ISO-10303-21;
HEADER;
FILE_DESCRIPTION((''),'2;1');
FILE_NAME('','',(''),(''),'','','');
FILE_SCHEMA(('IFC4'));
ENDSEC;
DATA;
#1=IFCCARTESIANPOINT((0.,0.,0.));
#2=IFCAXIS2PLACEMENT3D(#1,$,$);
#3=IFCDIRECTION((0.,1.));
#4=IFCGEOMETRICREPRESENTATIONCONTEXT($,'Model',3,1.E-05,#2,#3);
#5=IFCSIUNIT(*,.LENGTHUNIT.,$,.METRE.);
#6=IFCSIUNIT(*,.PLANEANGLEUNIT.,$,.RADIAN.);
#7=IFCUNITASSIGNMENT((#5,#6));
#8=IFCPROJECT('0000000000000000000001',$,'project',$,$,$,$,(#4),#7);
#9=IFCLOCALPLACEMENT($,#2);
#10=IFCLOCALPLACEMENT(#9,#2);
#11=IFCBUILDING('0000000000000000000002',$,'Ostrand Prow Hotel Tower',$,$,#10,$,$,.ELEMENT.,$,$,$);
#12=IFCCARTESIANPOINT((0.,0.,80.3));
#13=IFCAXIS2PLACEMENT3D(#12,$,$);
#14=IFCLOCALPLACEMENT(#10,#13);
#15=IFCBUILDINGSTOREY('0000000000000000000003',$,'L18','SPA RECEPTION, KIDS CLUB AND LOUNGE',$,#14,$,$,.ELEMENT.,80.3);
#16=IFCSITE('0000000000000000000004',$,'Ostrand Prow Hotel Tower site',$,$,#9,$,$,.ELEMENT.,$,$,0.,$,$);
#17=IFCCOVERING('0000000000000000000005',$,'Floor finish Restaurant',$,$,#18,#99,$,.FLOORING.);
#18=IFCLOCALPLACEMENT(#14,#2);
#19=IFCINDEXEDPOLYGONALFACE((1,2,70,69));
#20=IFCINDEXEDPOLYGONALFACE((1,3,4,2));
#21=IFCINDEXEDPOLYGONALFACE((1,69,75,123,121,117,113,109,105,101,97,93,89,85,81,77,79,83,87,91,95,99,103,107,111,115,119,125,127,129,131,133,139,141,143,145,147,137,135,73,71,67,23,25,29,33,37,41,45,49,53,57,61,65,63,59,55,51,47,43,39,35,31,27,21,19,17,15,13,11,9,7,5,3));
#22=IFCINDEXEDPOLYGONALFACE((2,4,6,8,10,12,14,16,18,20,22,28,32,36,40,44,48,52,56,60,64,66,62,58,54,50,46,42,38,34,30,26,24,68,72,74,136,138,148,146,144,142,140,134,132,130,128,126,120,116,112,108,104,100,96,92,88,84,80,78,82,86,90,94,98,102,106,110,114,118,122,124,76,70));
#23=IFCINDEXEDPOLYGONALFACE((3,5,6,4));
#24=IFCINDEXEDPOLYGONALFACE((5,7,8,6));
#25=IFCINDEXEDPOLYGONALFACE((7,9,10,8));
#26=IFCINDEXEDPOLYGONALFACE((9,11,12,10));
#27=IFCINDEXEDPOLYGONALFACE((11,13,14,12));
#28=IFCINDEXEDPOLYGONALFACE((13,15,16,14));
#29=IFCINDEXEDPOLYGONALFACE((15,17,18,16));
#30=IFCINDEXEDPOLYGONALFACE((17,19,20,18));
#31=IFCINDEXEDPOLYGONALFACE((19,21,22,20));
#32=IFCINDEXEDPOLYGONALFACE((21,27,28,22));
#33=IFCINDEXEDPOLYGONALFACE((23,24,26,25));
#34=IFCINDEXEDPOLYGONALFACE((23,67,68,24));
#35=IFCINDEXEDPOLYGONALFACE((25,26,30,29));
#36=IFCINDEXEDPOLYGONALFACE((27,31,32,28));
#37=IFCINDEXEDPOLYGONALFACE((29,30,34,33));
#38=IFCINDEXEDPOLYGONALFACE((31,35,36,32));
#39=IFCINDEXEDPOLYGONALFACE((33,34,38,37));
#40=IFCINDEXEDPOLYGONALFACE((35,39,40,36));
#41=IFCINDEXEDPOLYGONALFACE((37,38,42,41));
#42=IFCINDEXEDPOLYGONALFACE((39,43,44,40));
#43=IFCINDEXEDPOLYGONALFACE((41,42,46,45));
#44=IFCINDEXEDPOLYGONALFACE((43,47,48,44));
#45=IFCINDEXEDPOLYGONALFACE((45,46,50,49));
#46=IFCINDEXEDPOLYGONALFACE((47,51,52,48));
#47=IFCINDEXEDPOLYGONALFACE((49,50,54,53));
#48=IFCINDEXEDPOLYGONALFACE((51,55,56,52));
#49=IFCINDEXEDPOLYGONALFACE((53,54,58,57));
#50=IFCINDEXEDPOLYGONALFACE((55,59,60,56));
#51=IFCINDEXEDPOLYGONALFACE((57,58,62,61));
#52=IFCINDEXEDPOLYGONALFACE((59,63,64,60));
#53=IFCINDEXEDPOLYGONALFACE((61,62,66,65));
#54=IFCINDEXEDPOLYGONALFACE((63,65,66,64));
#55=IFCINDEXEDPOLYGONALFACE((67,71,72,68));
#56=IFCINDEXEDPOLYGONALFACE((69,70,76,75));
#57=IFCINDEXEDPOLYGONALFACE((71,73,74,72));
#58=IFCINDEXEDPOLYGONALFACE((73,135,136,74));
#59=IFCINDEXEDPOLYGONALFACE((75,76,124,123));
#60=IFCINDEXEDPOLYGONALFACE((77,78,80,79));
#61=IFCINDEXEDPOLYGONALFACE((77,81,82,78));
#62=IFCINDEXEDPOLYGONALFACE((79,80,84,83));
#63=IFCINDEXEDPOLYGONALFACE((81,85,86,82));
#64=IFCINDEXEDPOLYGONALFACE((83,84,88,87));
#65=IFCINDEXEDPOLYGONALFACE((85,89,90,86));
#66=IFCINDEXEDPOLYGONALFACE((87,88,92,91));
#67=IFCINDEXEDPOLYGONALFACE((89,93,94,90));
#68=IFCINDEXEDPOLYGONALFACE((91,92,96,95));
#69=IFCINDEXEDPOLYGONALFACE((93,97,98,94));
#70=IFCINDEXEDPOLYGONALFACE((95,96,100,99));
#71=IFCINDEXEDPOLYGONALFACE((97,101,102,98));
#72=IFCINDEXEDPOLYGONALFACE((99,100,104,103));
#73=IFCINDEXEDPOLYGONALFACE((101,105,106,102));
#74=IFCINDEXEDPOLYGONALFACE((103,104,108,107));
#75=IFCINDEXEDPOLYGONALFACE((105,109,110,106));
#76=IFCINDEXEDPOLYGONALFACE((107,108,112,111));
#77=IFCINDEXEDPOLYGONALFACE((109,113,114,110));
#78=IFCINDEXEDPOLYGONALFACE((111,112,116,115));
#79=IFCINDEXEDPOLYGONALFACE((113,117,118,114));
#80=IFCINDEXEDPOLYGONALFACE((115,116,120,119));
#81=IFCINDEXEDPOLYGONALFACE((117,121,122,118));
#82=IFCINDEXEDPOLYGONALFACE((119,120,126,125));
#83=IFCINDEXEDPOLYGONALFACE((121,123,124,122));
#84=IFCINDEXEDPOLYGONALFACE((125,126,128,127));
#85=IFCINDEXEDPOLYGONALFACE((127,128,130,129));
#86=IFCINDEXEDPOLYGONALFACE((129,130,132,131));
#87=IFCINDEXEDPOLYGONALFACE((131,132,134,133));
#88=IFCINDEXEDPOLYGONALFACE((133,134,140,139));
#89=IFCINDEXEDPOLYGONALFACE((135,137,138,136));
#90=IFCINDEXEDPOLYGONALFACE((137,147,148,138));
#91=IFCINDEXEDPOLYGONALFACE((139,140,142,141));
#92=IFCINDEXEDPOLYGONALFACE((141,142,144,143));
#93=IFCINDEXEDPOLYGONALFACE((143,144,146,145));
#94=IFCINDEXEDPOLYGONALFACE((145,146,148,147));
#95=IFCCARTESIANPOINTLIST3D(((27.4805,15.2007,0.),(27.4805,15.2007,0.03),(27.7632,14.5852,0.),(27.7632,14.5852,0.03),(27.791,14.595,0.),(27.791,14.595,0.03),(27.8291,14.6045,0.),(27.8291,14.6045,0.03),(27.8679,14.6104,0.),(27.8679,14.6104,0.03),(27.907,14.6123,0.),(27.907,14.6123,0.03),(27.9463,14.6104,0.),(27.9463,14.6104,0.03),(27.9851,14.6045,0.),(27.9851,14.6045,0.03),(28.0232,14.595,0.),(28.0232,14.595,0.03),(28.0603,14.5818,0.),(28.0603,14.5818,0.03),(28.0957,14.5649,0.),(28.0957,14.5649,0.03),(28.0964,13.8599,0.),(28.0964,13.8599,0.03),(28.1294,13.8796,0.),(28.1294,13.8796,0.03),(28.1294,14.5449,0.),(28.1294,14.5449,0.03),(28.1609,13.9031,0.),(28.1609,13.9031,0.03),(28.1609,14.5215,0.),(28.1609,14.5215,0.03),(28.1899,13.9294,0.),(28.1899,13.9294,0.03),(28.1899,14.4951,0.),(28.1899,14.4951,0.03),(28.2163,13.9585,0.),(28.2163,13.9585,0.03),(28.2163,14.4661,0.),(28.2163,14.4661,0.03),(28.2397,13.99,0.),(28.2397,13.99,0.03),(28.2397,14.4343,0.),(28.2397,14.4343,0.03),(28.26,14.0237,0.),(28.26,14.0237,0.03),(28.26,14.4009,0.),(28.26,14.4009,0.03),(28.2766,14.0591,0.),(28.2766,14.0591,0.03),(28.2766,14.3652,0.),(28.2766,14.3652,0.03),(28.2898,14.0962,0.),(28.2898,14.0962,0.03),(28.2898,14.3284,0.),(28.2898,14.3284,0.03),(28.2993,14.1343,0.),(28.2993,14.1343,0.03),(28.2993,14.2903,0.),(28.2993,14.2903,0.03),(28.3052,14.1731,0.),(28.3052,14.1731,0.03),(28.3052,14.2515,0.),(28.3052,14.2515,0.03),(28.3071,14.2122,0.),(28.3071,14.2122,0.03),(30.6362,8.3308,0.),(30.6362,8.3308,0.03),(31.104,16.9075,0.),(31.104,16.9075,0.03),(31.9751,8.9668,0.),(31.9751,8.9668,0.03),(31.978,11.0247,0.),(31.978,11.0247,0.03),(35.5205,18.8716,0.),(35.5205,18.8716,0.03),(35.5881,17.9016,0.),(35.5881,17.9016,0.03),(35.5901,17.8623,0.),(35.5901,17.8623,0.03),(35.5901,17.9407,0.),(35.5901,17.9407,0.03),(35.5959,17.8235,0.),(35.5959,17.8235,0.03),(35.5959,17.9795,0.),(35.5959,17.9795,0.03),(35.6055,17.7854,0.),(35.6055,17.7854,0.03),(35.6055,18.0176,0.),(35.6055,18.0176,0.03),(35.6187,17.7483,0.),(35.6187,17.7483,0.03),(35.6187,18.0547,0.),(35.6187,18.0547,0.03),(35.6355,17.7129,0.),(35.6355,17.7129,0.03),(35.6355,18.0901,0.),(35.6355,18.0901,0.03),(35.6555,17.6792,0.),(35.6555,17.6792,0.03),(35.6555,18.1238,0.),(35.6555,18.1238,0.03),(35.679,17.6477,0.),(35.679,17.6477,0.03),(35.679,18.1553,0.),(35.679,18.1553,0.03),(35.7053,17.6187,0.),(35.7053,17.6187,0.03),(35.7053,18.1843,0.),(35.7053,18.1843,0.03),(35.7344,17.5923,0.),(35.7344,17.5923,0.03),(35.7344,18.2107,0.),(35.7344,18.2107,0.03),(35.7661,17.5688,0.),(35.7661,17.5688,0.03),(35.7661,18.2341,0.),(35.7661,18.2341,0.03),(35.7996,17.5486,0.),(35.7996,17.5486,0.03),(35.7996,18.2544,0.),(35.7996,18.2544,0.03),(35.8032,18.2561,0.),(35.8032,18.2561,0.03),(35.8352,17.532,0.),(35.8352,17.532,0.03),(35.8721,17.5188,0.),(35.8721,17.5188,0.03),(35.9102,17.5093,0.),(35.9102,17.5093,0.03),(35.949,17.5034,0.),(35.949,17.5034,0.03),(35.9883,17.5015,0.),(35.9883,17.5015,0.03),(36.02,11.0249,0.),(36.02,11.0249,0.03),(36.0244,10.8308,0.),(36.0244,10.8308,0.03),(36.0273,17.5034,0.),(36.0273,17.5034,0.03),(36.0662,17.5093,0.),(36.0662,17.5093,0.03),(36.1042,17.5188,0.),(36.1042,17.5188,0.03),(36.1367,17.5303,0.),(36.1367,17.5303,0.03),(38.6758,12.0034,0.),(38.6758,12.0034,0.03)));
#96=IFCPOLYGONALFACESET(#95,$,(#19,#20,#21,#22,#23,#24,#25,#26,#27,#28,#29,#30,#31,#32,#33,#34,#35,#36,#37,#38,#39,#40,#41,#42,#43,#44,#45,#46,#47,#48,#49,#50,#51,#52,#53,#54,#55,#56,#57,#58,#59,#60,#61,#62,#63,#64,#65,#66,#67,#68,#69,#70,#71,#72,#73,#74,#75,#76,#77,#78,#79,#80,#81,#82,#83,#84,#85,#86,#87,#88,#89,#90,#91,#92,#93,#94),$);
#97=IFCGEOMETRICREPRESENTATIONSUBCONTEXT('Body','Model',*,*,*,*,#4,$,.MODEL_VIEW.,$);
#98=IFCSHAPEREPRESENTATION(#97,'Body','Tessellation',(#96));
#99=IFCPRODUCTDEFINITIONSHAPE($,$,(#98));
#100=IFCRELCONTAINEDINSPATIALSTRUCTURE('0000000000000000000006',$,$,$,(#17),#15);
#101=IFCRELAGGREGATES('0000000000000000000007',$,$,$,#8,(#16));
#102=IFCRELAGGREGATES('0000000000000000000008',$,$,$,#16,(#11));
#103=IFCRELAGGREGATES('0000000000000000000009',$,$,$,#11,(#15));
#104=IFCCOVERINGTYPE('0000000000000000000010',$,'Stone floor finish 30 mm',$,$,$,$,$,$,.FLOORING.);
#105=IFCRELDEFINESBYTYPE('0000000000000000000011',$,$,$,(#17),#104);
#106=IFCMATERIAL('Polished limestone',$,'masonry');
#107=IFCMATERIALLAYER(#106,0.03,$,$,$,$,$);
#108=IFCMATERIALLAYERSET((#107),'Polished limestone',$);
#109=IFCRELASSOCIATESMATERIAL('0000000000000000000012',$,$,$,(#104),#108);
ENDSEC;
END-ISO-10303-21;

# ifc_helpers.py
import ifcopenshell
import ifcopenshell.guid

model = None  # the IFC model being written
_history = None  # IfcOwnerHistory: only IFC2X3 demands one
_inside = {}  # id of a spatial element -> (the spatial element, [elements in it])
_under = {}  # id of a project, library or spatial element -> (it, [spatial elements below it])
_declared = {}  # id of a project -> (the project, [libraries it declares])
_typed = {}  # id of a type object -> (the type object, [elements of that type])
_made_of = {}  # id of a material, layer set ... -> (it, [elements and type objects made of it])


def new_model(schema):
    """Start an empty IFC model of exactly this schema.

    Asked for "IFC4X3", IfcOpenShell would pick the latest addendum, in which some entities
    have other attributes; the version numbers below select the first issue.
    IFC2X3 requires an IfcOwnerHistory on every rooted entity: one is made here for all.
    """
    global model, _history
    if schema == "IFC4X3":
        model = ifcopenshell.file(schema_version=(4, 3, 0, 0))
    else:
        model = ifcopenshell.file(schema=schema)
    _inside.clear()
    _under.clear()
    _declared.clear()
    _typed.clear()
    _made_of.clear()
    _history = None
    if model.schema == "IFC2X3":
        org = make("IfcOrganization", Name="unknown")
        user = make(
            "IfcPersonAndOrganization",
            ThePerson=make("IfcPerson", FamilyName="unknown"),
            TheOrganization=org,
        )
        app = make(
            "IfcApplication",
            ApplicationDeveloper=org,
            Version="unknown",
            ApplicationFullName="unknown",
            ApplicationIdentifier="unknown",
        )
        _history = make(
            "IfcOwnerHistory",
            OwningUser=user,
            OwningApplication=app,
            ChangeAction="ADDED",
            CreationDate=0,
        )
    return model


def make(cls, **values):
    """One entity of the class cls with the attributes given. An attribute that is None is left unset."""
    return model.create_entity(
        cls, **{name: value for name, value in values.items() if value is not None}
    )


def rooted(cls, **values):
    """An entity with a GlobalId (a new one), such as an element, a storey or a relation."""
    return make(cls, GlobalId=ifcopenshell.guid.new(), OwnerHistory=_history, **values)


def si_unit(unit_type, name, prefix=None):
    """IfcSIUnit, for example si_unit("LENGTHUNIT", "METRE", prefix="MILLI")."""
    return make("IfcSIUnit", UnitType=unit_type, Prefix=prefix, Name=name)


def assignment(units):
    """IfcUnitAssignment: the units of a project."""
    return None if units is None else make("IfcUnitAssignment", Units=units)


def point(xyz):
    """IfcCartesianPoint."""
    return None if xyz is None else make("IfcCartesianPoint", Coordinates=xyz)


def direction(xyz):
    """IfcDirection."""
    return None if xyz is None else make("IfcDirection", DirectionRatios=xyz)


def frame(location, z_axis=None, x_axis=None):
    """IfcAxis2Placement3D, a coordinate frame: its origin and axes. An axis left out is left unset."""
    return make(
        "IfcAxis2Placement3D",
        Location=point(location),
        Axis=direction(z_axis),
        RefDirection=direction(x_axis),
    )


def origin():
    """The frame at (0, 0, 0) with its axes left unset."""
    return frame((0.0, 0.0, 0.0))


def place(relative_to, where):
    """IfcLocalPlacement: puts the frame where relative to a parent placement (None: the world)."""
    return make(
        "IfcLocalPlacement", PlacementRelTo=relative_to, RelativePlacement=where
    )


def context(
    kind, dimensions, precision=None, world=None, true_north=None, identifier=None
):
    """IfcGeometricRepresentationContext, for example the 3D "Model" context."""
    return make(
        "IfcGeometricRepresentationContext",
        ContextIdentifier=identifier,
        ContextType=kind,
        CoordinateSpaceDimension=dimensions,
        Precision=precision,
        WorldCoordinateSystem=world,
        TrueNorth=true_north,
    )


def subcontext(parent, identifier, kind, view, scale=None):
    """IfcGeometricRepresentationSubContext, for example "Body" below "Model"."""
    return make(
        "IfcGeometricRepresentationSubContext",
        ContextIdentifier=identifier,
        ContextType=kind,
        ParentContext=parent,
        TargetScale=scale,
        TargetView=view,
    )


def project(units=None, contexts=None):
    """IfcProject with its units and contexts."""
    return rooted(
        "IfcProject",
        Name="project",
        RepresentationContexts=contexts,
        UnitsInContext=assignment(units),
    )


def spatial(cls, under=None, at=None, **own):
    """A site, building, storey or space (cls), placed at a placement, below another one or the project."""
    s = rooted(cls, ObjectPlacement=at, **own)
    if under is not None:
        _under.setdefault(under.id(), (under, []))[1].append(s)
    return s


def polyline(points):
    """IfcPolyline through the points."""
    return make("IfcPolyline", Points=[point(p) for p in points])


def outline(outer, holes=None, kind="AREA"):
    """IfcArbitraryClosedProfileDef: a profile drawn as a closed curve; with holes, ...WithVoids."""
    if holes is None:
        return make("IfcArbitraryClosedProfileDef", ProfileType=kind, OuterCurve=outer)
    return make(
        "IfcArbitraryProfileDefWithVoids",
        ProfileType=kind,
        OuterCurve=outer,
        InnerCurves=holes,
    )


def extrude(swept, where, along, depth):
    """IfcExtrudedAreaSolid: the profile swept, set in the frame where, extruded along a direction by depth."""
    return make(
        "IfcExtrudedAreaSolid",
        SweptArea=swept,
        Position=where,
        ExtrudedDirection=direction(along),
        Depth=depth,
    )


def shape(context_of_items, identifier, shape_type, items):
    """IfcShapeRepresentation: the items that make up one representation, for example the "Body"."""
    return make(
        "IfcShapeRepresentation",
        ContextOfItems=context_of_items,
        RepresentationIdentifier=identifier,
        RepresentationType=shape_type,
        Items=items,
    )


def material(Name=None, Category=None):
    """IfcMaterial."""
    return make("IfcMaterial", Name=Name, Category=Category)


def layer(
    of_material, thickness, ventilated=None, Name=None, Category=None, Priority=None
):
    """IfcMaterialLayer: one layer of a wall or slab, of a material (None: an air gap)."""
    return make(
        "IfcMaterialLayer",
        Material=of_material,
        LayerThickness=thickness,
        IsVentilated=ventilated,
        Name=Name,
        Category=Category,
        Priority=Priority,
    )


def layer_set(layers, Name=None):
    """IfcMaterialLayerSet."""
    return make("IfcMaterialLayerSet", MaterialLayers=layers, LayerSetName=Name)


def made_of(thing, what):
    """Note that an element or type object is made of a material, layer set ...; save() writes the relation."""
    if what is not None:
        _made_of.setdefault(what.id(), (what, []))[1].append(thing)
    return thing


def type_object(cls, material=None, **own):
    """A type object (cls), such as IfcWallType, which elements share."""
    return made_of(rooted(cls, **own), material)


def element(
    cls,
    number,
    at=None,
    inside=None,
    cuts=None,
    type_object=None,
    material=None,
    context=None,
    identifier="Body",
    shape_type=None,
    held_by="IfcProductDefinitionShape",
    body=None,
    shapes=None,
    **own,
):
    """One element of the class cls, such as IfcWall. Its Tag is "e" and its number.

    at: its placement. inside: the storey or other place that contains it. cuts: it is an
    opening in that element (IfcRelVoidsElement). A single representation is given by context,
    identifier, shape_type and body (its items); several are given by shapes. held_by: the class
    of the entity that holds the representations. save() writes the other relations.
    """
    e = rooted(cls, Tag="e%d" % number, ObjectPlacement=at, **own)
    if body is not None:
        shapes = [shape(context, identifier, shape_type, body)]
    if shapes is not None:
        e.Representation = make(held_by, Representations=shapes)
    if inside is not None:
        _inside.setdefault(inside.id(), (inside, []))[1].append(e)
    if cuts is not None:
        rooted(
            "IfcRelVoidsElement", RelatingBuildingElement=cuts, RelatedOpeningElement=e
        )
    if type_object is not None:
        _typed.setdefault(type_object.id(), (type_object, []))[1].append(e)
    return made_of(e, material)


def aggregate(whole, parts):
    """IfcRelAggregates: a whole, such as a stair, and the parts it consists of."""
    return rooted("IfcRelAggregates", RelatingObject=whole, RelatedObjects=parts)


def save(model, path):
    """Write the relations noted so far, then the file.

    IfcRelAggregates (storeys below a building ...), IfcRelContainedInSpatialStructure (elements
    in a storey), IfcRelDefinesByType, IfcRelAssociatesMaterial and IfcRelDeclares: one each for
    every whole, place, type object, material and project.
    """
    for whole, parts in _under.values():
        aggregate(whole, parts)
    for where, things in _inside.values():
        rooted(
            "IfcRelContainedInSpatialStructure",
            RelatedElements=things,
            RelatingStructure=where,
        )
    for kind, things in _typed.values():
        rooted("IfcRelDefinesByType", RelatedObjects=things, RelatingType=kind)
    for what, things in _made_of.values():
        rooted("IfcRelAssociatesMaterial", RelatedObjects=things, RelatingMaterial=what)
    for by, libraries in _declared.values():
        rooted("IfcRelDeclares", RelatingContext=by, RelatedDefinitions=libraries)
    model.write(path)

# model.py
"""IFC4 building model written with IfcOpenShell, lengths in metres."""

from ifc_helpers import new_model, si_unit, direction, frame, origin, place, context, subcontext, project, spatial, polyline, outline, extrude, material, layer, layer_set, type_object, element, save


model = new_model("IFC4")

# Units and contexts
model_context = context("Model", 3, precision=1e-05, world=origin(), true_north=direction((0.0, 1.0)))
body_context = subcontext(model_context, "Body", "Model", "MODEL_VIEW")
ifc_project = project(units=[si_unit("LENGTHUNIT", "METRE"), si_unit("PLANEANGLEUNIT", "RADIAN")], contexts=[model_context])

# Site, building, storey
site_placement = place(None, origin())
site = spatial("IfcSite", under=ifc_project, at=site_placement, Name="Ostrand Prow Hotel Tower site", CompositionType="ELEMENT", RefElevation=0.0)
building_placement = place(site_placement, origin())
building = spatial("IfcBuilding", under=site, at=building_placement, Name="Ostrand Prow Hotel Tower", CompositionType="ELEMENT")
storey_placement = place(building_placement, frame((0.0, 0.0, 80.3)))
storey = spatial("IfcBuildingStorey", under=building, at=storey_placement, Name="L18", Description="SPA RECEPTION, KIDS CLUB AND LOUNGE", CompositionType="ELEMENT", Elevation=80.3)

# Covering
ifc_material_1 = material(Name="Polished limestone", Category="masonry")
ifc_layer_1 = layer(ifc_material_1, 0.03)
ifc_layer_set_1 = layer_set([ifc_layer_1], Name="Polished limestone")
covering_type_1 = type_object("IfcCoveringType", Name="Stone floor finish 30 mm", PredefinedType="FLOORING", material=ifc_layer_set_1)
covering_1_placement = place(storey_placement, origin())
element("IfcCovering", 1, at=covering_1_placement, inside=storey, type_object=covering_type_1, Name="Floor finish Restaurant", PredefinedType="FLOORING", context=body_context, shape_type="SweptSolid", body=[
    extrude(outline(polyline([(35.8032, 18.2561), (35.5205, 18.8716), (31.104, 16.9075), (27.4805, 15.2007), (27.7632, 14.5852), (27.791, 14.595), (27.8291, 14.6045), (27.8679, 14.6104), (27.907, 14.6123), (27.9463, 14.6104), (27.9851, 14.6045), (28.0232, 14.595), (28.0603, 14.5818), (28.0957, 14.5649), (28.1294, 14.5449), (28.1609, 14.5215), (28.1899, 14.4951), (28.2163, 14.4661), (28.2397, 14.4343), (28.26, 14.4009), (28.2766, 14.3652), (28.2898, 14.3284), (28.2993, 14.2903), (28.3052, 14.2515), (28.3071, 14.2122), (28.3052, 14.1731), (28.2993, 14.1343), (28.2898, 14.0962), (28.2766, 14.0591), (28.26, 14.0237), (28.2397, 13.99), (28.2163, 13.9585), (28.1899, 13.9294), (28.1609, 13.9031), (28.1294, 13.8796), (28.0964, 13.8599), (30.6362, 8.3308), (31.9751, 8.9668), (31.978, 11.0247), (36.02, 11.0249), (36.0244, 10.8308), (38.6758, 12.0034), (36.1367, 17.5303), (36.1042, 17.5188), (36.0662, 17.5093), (36.0273, 17.5034), (35.9883, 17.5015), (35.949, 17.5034), (35.9102, 17.5093), (35.8721, 17.5188), (35.8352, 17.532), (35.7996, 17.5486), (35.7661, 17.5688), (35.7344, 17.5923), (35.7053, 17.6187), (35.679, 17.6477), (35.6555, 17.6792), (35.6355, 17.7129), (35.6187, 17.7483), (35.6055, 17.7854), (35.5959, 17.8235), (35.5901, 17.8623), (35.5881, 17.9016), (35.5901, 17.9407), (35.5959, 17.9795), (35.6055, 18.0176), (35.6187, 18.0547), (35.6355, 18.0901), (35.6555, 18.1238), (35.679, 18.1553), (35.7053, 18.1843), (35.7344, 18.2107), (35.7661, 18.2341), (35.7996, 18.2544), (35.8032, 18.2561)])), origin(), (0.0, 0.0, 1.0), 0.03),
])

save(model, "model.ifc")
